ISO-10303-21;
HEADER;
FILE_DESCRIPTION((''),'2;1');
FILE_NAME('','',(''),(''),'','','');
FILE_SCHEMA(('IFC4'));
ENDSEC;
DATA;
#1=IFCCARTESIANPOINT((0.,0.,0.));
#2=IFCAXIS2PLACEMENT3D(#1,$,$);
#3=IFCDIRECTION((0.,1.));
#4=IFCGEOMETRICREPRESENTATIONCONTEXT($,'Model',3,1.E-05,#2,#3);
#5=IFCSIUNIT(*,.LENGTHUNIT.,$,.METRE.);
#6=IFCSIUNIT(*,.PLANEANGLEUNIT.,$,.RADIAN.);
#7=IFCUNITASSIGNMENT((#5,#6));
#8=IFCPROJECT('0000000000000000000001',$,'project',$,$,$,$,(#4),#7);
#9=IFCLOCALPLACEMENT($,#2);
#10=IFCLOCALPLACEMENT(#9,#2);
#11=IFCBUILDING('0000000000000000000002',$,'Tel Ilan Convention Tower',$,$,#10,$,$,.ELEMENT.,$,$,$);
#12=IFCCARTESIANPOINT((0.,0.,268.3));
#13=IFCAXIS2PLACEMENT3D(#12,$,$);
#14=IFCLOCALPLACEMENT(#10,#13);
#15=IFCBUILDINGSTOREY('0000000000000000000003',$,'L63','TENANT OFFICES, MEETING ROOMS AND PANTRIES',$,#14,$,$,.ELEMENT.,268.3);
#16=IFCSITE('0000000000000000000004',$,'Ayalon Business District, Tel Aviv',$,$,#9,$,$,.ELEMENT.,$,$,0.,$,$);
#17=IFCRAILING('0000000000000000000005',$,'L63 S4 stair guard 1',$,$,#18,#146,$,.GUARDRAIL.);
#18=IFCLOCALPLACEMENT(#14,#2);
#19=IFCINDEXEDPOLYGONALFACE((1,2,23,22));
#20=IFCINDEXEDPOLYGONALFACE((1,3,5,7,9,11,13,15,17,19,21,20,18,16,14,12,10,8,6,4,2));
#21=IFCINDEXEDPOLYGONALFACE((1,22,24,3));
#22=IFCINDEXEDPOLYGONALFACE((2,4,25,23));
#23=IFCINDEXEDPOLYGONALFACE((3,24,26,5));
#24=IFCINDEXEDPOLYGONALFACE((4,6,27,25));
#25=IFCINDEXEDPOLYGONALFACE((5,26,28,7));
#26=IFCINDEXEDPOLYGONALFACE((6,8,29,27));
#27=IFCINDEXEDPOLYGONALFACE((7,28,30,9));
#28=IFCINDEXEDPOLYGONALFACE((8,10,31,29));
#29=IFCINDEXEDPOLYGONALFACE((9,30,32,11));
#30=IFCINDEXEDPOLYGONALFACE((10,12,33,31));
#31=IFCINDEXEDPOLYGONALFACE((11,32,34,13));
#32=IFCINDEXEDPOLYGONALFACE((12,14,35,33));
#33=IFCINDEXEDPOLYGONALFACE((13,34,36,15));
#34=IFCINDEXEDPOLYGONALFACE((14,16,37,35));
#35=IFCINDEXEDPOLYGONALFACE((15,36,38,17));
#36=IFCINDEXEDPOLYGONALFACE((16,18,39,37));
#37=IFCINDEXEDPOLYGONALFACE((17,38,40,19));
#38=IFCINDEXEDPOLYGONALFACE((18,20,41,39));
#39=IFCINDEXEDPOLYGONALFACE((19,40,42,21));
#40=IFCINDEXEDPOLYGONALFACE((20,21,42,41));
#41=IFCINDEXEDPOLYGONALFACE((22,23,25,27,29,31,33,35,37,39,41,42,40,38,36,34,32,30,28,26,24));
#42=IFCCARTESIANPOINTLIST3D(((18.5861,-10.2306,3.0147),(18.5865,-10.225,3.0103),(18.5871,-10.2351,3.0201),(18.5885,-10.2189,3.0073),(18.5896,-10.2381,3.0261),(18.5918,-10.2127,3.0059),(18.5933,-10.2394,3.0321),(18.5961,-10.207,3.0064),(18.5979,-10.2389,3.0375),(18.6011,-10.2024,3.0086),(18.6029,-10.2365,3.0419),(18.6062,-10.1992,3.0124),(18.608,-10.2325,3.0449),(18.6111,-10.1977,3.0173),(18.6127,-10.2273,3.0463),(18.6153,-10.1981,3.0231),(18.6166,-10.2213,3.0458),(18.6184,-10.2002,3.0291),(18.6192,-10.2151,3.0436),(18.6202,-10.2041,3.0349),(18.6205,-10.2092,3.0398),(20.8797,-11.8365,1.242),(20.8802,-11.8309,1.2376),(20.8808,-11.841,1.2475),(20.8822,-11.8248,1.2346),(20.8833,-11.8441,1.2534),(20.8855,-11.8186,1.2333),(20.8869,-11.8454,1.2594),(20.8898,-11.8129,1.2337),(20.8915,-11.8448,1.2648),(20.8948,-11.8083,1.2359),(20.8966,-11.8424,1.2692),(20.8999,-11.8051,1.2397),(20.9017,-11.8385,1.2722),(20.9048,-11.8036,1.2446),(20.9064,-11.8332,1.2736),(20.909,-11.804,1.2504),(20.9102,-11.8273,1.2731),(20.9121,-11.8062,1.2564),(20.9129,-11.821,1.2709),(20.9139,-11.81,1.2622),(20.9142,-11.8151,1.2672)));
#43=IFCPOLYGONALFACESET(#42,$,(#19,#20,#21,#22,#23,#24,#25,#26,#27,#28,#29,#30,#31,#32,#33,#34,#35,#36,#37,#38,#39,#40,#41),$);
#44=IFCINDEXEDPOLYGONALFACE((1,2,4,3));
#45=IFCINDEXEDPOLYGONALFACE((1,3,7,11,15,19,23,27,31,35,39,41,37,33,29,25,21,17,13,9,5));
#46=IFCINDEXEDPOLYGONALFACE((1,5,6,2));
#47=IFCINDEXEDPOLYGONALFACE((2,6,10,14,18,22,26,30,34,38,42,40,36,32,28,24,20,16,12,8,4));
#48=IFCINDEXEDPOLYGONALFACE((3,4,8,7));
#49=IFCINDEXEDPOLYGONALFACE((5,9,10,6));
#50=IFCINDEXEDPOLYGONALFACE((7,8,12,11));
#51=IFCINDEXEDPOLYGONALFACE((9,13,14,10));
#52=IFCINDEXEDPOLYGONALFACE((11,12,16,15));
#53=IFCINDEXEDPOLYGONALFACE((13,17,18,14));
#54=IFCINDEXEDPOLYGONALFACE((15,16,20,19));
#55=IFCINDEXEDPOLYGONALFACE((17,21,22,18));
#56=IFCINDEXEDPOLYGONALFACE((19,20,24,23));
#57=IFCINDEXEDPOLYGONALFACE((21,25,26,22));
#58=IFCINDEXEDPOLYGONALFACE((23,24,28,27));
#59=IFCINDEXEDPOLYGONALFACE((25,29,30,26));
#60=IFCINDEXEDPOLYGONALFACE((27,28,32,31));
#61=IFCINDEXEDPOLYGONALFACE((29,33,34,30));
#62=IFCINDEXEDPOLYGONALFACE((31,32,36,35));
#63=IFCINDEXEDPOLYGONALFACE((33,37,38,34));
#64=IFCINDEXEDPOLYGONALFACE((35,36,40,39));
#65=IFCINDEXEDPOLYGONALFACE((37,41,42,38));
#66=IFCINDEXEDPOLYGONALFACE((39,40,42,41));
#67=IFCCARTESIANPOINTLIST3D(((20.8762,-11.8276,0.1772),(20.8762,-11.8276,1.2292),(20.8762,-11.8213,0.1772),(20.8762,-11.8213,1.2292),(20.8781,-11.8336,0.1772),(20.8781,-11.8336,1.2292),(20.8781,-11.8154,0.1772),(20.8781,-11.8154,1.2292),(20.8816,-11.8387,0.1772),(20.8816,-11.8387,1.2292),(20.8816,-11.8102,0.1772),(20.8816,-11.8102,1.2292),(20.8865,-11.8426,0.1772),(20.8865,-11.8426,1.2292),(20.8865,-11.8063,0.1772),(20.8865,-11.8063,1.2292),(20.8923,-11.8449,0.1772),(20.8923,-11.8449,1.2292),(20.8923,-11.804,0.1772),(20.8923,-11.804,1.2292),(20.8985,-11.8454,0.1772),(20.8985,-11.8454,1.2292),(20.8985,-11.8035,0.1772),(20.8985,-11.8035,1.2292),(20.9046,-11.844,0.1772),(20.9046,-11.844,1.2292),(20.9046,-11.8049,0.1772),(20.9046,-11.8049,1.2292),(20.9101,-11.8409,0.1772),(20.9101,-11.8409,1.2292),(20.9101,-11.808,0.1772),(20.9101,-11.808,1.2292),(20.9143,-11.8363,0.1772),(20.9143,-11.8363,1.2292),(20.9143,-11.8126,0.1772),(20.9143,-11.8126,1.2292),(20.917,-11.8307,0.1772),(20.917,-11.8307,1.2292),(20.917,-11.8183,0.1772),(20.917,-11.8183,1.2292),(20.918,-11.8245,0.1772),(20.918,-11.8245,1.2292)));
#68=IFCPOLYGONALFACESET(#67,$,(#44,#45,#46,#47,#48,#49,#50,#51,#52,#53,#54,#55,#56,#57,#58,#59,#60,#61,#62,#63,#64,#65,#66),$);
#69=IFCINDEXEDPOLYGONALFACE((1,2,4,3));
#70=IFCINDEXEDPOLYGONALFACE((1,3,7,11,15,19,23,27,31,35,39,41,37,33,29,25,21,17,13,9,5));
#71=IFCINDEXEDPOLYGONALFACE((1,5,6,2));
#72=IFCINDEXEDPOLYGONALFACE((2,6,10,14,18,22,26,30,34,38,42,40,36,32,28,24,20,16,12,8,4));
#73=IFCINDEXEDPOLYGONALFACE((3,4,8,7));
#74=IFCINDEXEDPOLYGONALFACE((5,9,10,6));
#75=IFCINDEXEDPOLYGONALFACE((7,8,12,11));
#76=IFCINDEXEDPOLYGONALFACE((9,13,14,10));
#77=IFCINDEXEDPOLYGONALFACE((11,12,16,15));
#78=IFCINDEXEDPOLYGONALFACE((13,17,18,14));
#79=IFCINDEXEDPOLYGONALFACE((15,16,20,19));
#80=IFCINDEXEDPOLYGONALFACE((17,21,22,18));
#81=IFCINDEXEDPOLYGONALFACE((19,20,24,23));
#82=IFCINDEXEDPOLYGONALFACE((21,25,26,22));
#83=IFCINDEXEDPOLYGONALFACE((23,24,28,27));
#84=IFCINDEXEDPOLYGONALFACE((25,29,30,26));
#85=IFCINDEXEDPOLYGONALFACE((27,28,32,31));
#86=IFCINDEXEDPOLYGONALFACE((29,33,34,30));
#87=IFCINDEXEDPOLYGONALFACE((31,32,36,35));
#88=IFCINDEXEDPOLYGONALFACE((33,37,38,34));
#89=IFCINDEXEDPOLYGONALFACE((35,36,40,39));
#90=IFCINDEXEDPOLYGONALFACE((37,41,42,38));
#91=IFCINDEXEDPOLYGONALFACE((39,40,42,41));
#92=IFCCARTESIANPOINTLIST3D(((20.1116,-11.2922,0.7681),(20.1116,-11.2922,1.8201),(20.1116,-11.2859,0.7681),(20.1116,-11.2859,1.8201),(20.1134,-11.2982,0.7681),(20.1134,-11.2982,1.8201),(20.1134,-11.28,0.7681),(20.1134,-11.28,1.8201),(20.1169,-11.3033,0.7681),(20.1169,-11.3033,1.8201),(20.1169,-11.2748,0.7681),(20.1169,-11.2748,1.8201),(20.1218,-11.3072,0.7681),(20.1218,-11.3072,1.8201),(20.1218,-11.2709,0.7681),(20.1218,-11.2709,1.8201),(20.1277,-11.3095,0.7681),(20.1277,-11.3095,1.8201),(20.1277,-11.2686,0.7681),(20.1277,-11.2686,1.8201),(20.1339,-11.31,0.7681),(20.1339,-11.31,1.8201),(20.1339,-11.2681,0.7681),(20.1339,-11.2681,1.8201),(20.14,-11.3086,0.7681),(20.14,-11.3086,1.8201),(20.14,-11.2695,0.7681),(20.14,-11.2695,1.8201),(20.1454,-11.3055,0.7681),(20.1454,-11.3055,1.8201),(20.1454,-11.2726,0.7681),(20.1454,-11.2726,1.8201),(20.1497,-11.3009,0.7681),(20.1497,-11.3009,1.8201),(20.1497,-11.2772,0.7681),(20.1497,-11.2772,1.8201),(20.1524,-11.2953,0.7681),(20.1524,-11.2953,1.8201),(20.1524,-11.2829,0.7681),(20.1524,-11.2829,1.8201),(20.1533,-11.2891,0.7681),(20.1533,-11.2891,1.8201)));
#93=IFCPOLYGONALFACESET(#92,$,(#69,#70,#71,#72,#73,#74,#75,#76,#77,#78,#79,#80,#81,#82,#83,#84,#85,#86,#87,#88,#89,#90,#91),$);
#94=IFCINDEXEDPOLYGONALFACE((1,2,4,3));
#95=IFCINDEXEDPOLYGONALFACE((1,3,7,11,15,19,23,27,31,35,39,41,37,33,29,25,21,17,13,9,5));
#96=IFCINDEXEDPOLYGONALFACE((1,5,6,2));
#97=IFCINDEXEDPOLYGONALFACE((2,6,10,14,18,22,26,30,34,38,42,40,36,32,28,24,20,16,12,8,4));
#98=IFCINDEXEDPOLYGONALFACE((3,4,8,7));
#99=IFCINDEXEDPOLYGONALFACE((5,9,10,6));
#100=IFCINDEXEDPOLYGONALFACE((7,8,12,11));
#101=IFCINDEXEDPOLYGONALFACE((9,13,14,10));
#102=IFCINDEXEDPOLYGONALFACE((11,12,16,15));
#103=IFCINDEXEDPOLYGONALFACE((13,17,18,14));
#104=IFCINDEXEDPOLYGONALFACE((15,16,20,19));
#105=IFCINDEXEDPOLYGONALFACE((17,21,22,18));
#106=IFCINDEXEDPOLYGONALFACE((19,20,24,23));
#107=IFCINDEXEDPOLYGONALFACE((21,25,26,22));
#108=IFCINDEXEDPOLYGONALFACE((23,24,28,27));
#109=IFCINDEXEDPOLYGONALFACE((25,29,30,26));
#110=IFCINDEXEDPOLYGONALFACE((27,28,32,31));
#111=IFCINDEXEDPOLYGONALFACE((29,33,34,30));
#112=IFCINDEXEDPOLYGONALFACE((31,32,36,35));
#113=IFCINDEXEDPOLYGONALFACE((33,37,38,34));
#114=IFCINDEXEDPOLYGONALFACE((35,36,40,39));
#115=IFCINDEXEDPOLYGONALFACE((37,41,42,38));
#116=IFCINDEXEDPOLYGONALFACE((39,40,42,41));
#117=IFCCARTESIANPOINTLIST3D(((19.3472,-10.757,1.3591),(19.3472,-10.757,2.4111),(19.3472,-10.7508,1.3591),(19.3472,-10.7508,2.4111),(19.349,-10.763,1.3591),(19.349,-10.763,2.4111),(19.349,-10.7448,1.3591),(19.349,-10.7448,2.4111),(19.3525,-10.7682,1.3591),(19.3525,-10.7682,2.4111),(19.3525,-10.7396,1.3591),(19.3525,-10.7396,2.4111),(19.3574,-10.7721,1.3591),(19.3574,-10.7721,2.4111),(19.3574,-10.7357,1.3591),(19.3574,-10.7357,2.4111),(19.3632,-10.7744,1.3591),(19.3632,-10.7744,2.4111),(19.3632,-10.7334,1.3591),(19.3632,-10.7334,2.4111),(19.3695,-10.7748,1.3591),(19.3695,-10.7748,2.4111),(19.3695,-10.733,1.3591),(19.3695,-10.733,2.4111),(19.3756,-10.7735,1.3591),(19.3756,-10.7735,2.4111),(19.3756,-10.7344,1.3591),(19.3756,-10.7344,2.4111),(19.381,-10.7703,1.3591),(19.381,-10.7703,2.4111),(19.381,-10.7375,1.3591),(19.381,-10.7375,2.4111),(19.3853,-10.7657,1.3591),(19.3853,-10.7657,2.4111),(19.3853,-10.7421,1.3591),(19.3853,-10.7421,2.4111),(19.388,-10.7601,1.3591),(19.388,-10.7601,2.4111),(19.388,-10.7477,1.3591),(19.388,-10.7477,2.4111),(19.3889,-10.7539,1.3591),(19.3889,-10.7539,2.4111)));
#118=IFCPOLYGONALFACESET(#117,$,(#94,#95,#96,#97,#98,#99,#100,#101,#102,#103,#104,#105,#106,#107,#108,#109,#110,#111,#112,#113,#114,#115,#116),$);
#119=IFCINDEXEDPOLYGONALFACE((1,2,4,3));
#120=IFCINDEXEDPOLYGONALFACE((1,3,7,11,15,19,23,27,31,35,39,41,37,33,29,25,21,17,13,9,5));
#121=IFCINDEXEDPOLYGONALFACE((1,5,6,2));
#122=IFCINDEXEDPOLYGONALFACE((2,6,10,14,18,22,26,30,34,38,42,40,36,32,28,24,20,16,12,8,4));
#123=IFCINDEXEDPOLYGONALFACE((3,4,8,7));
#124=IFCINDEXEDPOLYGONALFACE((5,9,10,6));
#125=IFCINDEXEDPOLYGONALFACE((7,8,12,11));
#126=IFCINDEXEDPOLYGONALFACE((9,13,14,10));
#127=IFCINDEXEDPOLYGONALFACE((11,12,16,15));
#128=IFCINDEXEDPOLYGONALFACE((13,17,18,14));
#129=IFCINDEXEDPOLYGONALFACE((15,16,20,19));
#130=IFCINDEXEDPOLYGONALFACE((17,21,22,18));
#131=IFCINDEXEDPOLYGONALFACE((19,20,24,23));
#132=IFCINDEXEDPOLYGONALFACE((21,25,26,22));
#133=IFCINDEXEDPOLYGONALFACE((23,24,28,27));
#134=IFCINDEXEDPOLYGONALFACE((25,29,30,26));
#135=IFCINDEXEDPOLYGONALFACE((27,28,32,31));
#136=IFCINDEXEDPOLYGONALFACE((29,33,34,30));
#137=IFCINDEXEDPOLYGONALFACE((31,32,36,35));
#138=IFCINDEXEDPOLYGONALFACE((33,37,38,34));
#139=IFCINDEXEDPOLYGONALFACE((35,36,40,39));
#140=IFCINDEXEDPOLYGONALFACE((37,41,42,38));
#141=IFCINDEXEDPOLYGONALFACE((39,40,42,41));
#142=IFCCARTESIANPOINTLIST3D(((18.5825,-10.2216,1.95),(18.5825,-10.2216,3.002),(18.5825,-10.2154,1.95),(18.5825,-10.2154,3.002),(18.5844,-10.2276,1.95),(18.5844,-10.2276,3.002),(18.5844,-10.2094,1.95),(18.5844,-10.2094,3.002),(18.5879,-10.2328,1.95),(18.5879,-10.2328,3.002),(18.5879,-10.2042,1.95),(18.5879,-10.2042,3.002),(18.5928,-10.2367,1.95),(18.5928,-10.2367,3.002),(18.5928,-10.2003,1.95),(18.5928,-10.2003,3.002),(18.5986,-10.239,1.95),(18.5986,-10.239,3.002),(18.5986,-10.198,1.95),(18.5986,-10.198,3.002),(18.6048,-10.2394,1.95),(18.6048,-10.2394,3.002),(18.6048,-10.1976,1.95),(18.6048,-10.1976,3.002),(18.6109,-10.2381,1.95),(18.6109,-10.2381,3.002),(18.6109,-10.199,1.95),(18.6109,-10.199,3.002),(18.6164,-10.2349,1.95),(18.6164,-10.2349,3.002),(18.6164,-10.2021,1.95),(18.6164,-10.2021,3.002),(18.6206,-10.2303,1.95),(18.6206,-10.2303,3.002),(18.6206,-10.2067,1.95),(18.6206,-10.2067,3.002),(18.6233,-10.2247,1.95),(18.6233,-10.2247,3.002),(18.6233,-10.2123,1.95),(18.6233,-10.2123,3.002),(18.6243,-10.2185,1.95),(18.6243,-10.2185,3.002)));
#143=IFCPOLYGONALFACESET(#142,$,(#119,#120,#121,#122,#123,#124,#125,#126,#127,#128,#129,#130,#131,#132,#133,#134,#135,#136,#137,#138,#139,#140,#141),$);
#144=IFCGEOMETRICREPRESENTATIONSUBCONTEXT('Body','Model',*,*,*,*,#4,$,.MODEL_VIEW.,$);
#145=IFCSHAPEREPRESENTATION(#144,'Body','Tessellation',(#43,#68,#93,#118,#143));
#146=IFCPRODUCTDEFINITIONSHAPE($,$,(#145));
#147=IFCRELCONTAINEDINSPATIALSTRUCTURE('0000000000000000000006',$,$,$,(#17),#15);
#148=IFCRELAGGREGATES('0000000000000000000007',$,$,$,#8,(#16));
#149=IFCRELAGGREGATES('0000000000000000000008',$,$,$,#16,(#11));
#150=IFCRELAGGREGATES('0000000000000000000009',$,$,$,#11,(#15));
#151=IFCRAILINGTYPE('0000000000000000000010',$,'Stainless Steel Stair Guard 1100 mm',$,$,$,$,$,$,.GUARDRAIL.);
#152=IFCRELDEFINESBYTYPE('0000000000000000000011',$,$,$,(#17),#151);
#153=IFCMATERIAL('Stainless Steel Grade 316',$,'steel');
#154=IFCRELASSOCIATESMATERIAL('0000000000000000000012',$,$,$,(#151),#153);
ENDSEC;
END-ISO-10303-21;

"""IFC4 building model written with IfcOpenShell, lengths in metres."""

from ifc_helpers import new_model, si_unit, direction, frame, origin, origin_2d, place, context, subcontext, project, spatial, circle, extrude, material, type_object, element, save


model = new_model("IFC4")

# Units and contexts
model_context = context("Model", 3, precision=1e-05, world=origin(), true_north=direction((0.0, 1.0)))
body_context = subcontext(model_context, "Body", "Model", "MODEL_VIEW")
ifc_project = project(units=[si_unit("LENGTHUNIT", "METRE"), si_unit("PLANEANGLEUNIT", "RADIAN")], contexts=[model_context])

# Site, building, storey
site_placement = place(None, origin())
site = spatial("IfcSite", under=ifc_project, at=site_placement, Name="Ayalon Business District, Tel Aviv", CompositionType="ELEMENT", RefElevation=0.0)
building_placement = place(site_placement, origin())
building = spatial("IfcBuilding", under=site, at=building_placement, Name="Tel Ilan Convention Tower", CompositionType="ELEMENT")
storey_placement = place(building_placement, frame((0.0, 0.0, 268.3)))
storey = spatial("IfcBuildingStorey", under=building, at=storey_placement, Name="L63", Description="TENANT OFFICES, MEETING ROOMS AND PANTRIES", CompositionType="ELEMENT", Elevation=268.3)

# Railing
ifc_material_1 = material(Name="Stainless Steel Grade 316", Category="steel")
railing_type_1 = type_object("IfcRailingType", Name="Stainless Steel Stair Guard 1100 mm", PredefinedType="GUARDRAIL", material=ifc_material_1)
railing_1_placement = place(storey_placement, frame((20.897, -11.8245, 0.1772)))
element("IfcRailing", 1, at=railing_1_placement, inside=storey, type_object=railing_type_1, Name="L63 S4 stair guard 1", PredefinedType="GUARDRAIL", context=body_context, shape_type="SweptSolid", body=[
    extrude(circle(Radius=0.0239, at=origin_2d()), frame((0.0, 0.0, 1.0762), z_axis=(-0.692123, 0.484597, 0.534913), x_axis=(-0.57355, -0.81917, 0.0)), (0.0, 0.0, 1.0), 3.314),
    extrude(circle(Radius=0.021, at=origin_2d()), origin(), (0.0, 0.0, 1.0), 1.052),
    extrude(circle(Radius=0.021, at=origin_2d()), frame((-0.7646, 0.5354, 0.5908)), (0.0, 0.0, 1.0), 1.052),
    extrude(circle(Radius=0.021, at=origin_2d()), frame((-1.5291, 1.0706, 1.1819)), (0.0, 0.0, 1.0), 1.052),
    extrude(circle(Radius=0.021, at=origin_2d()), frame((-2.2937, 1.606, 1.7727)), (0.0, 0.0, 1.0), 1.052),
])

save(model, "model.ifc")
